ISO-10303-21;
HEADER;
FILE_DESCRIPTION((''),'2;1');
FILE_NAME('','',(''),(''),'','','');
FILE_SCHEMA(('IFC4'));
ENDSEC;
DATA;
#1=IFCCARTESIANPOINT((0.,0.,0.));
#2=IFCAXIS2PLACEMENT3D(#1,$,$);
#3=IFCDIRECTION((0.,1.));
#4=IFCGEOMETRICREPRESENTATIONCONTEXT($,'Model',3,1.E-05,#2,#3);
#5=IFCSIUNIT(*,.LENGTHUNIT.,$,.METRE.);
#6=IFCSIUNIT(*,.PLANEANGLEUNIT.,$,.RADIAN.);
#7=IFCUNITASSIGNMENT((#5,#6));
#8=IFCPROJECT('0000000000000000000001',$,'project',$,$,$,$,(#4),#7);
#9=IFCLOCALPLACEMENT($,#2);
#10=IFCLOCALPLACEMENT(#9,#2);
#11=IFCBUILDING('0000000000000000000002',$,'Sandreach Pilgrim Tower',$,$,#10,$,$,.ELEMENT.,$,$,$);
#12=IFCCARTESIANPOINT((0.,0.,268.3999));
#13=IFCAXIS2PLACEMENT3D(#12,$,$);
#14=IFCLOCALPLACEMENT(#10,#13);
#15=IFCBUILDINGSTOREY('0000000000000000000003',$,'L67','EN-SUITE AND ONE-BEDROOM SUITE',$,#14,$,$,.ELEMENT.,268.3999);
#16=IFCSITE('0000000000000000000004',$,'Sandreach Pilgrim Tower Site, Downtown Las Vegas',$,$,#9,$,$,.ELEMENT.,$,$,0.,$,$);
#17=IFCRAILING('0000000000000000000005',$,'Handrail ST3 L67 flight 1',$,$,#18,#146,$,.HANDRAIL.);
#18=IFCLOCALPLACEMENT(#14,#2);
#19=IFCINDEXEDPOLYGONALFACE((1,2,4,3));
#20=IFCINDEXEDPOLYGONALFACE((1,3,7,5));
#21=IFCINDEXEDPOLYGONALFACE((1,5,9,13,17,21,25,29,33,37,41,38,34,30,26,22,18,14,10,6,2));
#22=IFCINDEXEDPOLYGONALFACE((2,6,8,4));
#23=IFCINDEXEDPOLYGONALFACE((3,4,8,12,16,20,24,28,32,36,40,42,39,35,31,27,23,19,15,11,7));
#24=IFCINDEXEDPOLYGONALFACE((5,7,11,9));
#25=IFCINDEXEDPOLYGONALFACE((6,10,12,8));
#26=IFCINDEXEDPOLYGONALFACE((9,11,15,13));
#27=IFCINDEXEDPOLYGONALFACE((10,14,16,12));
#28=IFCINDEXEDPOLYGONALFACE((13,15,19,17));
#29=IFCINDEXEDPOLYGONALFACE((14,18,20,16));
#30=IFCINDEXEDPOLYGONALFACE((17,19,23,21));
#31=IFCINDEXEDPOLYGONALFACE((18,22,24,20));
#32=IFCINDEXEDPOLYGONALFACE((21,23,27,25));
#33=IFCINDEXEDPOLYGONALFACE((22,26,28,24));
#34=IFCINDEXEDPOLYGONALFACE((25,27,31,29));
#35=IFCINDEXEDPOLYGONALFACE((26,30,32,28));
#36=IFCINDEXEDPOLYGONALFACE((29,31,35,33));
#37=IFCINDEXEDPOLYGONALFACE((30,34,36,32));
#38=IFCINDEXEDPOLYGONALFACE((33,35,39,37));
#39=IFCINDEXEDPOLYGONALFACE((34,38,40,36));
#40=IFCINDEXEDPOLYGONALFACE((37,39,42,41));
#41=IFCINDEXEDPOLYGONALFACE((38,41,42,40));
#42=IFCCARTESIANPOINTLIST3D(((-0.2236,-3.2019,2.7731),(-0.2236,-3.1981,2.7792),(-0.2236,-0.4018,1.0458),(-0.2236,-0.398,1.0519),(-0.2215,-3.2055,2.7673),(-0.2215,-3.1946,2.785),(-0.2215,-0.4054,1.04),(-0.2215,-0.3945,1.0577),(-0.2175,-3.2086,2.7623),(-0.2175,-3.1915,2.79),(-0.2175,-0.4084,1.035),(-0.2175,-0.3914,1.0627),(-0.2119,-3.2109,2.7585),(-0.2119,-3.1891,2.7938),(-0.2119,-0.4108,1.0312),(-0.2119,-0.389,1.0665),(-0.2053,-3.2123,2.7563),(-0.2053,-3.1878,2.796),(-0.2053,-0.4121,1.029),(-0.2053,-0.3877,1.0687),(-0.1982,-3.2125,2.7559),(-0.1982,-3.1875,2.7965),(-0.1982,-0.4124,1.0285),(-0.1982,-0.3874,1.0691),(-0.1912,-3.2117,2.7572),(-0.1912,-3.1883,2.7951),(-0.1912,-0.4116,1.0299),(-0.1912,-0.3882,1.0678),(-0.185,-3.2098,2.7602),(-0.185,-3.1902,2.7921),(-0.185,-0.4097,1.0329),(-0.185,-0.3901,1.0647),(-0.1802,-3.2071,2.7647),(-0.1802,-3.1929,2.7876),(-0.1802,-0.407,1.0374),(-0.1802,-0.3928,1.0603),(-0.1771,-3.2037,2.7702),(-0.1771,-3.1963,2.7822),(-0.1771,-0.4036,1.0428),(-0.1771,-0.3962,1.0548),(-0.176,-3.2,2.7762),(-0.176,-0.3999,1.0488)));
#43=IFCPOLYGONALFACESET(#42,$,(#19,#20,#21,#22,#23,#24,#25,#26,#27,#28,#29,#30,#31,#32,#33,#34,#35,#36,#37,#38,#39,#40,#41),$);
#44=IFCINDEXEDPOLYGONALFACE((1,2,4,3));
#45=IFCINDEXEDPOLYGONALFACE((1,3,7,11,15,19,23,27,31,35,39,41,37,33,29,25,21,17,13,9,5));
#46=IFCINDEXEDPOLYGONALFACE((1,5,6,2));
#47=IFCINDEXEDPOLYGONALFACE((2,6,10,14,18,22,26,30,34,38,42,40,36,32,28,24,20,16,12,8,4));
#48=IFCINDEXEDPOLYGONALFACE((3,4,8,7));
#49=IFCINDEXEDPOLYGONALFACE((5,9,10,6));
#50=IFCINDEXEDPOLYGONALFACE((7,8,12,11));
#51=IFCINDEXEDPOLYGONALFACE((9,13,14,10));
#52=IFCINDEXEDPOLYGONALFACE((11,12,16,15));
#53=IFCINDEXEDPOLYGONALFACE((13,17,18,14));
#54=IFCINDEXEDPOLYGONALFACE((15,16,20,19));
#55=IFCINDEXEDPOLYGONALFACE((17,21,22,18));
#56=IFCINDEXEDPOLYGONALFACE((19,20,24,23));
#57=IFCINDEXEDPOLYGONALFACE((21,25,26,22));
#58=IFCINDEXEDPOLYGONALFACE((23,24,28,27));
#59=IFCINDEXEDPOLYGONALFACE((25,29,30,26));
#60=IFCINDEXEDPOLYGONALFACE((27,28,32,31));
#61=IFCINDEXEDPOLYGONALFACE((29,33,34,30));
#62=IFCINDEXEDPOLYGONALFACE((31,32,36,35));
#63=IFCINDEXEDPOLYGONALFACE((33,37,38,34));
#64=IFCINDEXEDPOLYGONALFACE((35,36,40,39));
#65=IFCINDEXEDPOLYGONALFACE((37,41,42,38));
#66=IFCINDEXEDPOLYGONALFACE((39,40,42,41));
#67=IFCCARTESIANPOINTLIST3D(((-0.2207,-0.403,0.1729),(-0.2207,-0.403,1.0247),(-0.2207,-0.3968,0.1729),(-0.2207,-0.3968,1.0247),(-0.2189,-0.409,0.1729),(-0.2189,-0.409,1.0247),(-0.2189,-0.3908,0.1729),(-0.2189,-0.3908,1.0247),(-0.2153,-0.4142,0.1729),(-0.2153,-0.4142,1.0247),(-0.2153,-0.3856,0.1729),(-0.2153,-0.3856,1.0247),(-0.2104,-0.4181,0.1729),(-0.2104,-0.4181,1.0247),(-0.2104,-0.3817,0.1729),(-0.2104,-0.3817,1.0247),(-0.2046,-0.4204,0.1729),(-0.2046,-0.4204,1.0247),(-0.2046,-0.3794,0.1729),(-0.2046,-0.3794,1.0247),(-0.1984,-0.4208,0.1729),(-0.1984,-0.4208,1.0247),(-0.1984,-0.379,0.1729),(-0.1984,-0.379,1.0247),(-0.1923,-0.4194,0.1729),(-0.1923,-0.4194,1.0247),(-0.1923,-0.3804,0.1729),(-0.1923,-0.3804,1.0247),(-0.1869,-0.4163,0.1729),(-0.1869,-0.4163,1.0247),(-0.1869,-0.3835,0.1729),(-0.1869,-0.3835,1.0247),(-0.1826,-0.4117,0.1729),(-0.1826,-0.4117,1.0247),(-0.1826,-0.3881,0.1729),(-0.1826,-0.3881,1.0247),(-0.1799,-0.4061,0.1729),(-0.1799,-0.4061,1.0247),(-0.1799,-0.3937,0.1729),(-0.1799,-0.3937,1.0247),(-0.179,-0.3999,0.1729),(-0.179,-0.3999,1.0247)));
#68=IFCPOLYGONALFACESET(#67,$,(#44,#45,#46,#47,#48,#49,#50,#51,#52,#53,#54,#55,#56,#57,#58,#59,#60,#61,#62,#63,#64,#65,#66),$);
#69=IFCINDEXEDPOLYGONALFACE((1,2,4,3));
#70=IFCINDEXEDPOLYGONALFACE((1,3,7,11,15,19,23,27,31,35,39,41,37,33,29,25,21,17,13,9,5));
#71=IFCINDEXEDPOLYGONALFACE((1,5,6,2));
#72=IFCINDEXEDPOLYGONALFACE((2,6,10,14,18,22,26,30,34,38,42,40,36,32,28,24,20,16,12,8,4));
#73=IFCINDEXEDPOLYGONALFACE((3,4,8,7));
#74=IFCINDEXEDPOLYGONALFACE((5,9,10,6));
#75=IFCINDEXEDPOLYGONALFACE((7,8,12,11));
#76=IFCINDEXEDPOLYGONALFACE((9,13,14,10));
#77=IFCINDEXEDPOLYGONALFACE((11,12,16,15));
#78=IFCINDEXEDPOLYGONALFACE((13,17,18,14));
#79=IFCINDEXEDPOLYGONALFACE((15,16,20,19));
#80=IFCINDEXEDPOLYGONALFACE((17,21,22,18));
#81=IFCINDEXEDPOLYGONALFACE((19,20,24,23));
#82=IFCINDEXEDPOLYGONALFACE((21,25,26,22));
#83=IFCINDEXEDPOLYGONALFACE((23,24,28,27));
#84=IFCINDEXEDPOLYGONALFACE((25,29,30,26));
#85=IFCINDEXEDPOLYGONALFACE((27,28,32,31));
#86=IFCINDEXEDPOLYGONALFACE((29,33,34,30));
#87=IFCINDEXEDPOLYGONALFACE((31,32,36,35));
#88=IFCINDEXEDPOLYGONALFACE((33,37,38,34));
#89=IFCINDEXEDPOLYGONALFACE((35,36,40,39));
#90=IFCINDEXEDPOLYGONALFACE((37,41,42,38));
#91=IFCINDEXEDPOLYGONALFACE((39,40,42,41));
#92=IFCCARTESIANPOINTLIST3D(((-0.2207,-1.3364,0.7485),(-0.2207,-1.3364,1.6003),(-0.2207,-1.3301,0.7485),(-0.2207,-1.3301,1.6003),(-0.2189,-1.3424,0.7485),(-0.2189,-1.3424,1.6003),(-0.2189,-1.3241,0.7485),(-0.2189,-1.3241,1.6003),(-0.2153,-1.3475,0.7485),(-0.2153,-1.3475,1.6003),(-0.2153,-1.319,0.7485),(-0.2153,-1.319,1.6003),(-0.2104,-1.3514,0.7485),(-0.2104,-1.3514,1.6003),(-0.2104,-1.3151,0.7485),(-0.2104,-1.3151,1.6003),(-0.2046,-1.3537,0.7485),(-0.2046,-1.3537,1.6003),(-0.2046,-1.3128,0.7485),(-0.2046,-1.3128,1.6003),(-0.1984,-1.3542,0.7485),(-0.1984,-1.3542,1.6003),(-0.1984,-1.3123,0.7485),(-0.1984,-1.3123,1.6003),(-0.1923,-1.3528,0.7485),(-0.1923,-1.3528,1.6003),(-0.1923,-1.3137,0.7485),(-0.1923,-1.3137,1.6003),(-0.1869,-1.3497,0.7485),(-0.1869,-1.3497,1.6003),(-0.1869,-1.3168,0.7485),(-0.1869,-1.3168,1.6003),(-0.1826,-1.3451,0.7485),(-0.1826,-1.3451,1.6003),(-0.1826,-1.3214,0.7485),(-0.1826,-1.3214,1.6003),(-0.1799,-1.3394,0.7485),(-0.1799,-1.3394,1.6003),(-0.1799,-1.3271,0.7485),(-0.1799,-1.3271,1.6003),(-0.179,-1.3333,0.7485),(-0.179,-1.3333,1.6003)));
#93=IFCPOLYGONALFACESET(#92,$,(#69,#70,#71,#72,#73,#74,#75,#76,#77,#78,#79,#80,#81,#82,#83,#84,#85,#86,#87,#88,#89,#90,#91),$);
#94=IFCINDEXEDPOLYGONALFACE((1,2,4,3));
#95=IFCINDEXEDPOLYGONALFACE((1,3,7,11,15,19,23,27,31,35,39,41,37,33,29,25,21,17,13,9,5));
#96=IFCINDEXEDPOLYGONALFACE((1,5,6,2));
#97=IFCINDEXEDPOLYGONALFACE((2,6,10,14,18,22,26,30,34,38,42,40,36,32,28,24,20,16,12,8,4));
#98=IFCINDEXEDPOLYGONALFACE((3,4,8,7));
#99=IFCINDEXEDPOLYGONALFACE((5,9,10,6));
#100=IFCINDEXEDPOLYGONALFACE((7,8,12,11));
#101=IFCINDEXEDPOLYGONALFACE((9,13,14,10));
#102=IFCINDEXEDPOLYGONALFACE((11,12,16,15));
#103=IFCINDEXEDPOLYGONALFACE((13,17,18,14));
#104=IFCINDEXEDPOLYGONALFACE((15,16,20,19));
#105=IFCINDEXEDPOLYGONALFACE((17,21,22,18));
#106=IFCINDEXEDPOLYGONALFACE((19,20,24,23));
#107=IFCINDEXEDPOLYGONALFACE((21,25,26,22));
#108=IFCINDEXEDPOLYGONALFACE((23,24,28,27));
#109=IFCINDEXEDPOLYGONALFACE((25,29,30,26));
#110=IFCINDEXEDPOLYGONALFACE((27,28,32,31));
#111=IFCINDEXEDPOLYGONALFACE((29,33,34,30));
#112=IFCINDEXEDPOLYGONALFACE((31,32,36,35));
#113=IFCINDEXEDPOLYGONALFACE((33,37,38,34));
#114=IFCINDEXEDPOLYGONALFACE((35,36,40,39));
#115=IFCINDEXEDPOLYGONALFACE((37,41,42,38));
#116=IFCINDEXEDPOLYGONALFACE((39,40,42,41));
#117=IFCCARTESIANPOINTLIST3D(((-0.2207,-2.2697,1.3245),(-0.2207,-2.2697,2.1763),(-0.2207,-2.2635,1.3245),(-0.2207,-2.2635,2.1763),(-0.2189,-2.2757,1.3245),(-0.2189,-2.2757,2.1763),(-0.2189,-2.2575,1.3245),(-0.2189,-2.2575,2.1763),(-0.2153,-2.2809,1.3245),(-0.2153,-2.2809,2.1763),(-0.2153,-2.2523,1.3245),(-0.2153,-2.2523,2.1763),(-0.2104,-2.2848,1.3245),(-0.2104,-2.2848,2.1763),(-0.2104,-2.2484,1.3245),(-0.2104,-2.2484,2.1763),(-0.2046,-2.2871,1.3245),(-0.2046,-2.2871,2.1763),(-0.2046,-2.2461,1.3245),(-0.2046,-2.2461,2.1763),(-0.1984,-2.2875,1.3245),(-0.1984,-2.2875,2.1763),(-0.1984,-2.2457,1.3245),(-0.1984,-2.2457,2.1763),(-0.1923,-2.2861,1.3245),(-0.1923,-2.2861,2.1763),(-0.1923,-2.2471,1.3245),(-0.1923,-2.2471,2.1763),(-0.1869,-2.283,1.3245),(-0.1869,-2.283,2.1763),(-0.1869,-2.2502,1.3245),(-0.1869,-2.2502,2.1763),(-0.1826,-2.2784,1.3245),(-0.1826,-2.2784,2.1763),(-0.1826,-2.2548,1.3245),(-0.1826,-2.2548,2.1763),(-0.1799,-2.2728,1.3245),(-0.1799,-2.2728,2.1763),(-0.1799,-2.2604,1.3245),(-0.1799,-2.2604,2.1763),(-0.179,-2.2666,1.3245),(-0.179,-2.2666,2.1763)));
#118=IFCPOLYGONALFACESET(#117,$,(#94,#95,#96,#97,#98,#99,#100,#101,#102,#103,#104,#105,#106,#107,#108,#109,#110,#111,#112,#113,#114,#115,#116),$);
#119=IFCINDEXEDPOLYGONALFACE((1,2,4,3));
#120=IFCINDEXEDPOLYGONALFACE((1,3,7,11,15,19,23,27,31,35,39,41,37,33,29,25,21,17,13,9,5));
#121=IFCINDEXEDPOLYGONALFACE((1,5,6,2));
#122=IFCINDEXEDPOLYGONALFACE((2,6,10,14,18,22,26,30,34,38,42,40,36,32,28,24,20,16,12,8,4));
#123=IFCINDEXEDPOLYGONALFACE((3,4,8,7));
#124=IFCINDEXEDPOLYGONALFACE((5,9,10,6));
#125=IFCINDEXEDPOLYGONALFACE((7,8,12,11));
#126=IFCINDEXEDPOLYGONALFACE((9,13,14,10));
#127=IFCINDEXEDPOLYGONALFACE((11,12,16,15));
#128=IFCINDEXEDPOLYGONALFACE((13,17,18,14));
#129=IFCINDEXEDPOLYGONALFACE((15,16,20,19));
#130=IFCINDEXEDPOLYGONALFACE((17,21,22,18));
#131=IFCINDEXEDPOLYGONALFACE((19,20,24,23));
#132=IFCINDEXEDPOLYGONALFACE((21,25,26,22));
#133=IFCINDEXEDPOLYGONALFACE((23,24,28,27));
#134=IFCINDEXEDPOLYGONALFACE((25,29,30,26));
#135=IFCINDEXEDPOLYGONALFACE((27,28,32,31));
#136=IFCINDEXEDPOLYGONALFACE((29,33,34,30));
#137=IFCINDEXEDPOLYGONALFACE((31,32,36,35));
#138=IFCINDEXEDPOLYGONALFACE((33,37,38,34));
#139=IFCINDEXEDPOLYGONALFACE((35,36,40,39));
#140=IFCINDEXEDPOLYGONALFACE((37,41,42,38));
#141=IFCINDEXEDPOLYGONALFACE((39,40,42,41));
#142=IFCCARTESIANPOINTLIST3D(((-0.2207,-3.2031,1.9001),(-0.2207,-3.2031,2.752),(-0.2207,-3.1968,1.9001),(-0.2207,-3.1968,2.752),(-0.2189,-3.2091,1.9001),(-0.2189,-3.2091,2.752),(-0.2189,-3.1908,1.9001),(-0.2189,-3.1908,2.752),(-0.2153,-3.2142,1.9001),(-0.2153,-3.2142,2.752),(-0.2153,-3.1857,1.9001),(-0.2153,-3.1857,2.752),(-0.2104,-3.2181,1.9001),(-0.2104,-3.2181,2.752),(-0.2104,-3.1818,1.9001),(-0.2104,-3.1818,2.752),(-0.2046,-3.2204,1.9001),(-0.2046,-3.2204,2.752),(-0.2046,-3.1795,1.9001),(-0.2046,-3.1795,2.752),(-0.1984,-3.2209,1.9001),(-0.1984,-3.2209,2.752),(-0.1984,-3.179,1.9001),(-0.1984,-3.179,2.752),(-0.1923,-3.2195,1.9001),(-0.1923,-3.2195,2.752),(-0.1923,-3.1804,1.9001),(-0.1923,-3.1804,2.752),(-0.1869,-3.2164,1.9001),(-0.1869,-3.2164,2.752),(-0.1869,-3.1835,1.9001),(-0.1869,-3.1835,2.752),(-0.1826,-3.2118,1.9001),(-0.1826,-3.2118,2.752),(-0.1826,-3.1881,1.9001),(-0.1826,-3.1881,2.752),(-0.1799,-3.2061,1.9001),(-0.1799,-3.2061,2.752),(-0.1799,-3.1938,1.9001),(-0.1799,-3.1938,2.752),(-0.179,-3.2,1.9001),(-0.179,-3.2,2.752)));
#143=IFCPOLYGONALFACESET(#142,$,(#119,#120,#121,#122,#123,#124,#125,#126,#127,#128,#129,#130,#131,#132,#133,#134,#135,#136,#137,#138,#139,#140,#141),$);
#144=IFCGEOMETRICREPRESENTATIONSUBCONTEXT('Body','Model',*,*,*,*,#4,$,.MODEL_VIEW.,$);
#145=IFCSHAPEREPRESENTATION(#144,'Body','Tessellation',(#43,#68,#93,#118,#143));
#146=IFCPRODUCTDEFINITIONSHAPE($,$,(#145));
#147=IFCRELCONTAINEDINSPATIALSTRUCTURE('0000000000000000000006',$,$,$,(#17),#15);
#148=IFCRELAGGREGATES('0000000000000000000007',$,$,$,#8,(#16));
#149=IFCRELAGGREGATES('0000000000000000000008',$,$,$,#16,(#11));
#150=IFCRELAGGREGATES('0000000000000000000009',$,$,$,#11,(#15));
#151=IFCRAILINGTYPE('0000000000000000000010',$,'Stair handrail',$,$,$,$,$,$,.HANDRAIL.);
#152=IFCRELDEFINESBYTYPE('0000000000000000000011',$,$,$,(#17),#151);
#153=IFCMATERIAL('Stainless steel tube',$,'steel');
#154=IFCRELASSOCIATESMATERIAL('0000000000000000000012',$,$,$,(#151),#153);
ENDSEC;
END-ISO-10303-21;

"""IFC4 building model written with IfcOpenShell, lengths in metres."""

from ifc_helpers import new_model, si_unit, direction, frame, origin, origin_2d, place, context, subcontext, project, spatial, circle, extrude, material, type_object, element, save


model = new_model("IFC4")

# Units and contexts
model_context = context("Model", 3, precision=1e-05, world=origin(), true_north=direction((0.0, 1.0)))
body_context = subcontext(model_context, "Body", "Model", "MODEL_VIEW")
ifc_project = project(units=[si_unit("LENGTHUNIT", "METRE"), si_unit("PLANEANGLEUNIT", "RADIAN")], contexts=[model_context])

# Site, building, storey
site_placement = place(None, origin())
site = spatial("IfcSite", under=ifc_project, at=site_placement, Name="Sandreach Pilgrim Tower Site, Downtown Las Vegas", CompositionType="ELEMENT", RefElevation=0.0)
building_placement = place(site_placement, origin())
building = spatial("IfcBuilding", under=site, at=building_placement, Name="Sandreach Pilgrim Tower", CompositionType="ELEMENT")
storey_placement = place(building_placement, frame((0.0, 0.0, 268.3999)))
storey = spatial("IfcBuildingStorey", under=building, at=storey_placement, Name="L67", Description="EN-SUITE AND ONE-BEDROOM SUITE", CompositionType="ELEMENT", Elevation=268.3999)

# Railing
ifc_material_1 = material(Name="Stainless steel tube", Category="steel")
railing_type = type_object("IfcRailingType", Name="Stair handrail", PredefinedType="HANDRAIL", material=ifc_material_1)
for number, where, name in (
    (1, (-0.2, -0.3999, 0.1729), "Handrail ST3 L67 flight 1"),
):
    element("IfcRailing", number, at=place(storey_placement, frame(where)), inside=storey, type_object=railing_type, Name=name, PredefinedType="HANDRAIL", context=body_context, shape_type="SweptSolid", body=[
        extrude(circle(Radius=0.0239, at=origin_2d()), frame((0.0, 0.0, 0.876), z_axis=(0.0, -0.85109, 0.52502), x_axis=(1.0, 0.0, 0.0)), (0.0, 0.0, 1.0), 3.29),
        extrude(circle(Radius=0.021, at=origin_2d()), origin(), (0.0, 0.0, 1.0), 0.8518),
        extrude(circle(Radius=0.021, at=origin_2d()), frame((0.0, -0.9333, 0.5757)), (0.0, 0.0, 1.0), 0.8518),
        extrude(circle(Radius=0.021, at=origin_2d()), frame((0.0, -1.8667, 1.1516)), (0.0, 0.0, 1.0), 0.8518),
        extrude(circle(Radius=0.021, at=origin_2d()), frame((0.0, -2.8, 1.7273)), (0.0, 0.0, 1.0), 0.8518),
    ])

save(model, "model.ifc")
